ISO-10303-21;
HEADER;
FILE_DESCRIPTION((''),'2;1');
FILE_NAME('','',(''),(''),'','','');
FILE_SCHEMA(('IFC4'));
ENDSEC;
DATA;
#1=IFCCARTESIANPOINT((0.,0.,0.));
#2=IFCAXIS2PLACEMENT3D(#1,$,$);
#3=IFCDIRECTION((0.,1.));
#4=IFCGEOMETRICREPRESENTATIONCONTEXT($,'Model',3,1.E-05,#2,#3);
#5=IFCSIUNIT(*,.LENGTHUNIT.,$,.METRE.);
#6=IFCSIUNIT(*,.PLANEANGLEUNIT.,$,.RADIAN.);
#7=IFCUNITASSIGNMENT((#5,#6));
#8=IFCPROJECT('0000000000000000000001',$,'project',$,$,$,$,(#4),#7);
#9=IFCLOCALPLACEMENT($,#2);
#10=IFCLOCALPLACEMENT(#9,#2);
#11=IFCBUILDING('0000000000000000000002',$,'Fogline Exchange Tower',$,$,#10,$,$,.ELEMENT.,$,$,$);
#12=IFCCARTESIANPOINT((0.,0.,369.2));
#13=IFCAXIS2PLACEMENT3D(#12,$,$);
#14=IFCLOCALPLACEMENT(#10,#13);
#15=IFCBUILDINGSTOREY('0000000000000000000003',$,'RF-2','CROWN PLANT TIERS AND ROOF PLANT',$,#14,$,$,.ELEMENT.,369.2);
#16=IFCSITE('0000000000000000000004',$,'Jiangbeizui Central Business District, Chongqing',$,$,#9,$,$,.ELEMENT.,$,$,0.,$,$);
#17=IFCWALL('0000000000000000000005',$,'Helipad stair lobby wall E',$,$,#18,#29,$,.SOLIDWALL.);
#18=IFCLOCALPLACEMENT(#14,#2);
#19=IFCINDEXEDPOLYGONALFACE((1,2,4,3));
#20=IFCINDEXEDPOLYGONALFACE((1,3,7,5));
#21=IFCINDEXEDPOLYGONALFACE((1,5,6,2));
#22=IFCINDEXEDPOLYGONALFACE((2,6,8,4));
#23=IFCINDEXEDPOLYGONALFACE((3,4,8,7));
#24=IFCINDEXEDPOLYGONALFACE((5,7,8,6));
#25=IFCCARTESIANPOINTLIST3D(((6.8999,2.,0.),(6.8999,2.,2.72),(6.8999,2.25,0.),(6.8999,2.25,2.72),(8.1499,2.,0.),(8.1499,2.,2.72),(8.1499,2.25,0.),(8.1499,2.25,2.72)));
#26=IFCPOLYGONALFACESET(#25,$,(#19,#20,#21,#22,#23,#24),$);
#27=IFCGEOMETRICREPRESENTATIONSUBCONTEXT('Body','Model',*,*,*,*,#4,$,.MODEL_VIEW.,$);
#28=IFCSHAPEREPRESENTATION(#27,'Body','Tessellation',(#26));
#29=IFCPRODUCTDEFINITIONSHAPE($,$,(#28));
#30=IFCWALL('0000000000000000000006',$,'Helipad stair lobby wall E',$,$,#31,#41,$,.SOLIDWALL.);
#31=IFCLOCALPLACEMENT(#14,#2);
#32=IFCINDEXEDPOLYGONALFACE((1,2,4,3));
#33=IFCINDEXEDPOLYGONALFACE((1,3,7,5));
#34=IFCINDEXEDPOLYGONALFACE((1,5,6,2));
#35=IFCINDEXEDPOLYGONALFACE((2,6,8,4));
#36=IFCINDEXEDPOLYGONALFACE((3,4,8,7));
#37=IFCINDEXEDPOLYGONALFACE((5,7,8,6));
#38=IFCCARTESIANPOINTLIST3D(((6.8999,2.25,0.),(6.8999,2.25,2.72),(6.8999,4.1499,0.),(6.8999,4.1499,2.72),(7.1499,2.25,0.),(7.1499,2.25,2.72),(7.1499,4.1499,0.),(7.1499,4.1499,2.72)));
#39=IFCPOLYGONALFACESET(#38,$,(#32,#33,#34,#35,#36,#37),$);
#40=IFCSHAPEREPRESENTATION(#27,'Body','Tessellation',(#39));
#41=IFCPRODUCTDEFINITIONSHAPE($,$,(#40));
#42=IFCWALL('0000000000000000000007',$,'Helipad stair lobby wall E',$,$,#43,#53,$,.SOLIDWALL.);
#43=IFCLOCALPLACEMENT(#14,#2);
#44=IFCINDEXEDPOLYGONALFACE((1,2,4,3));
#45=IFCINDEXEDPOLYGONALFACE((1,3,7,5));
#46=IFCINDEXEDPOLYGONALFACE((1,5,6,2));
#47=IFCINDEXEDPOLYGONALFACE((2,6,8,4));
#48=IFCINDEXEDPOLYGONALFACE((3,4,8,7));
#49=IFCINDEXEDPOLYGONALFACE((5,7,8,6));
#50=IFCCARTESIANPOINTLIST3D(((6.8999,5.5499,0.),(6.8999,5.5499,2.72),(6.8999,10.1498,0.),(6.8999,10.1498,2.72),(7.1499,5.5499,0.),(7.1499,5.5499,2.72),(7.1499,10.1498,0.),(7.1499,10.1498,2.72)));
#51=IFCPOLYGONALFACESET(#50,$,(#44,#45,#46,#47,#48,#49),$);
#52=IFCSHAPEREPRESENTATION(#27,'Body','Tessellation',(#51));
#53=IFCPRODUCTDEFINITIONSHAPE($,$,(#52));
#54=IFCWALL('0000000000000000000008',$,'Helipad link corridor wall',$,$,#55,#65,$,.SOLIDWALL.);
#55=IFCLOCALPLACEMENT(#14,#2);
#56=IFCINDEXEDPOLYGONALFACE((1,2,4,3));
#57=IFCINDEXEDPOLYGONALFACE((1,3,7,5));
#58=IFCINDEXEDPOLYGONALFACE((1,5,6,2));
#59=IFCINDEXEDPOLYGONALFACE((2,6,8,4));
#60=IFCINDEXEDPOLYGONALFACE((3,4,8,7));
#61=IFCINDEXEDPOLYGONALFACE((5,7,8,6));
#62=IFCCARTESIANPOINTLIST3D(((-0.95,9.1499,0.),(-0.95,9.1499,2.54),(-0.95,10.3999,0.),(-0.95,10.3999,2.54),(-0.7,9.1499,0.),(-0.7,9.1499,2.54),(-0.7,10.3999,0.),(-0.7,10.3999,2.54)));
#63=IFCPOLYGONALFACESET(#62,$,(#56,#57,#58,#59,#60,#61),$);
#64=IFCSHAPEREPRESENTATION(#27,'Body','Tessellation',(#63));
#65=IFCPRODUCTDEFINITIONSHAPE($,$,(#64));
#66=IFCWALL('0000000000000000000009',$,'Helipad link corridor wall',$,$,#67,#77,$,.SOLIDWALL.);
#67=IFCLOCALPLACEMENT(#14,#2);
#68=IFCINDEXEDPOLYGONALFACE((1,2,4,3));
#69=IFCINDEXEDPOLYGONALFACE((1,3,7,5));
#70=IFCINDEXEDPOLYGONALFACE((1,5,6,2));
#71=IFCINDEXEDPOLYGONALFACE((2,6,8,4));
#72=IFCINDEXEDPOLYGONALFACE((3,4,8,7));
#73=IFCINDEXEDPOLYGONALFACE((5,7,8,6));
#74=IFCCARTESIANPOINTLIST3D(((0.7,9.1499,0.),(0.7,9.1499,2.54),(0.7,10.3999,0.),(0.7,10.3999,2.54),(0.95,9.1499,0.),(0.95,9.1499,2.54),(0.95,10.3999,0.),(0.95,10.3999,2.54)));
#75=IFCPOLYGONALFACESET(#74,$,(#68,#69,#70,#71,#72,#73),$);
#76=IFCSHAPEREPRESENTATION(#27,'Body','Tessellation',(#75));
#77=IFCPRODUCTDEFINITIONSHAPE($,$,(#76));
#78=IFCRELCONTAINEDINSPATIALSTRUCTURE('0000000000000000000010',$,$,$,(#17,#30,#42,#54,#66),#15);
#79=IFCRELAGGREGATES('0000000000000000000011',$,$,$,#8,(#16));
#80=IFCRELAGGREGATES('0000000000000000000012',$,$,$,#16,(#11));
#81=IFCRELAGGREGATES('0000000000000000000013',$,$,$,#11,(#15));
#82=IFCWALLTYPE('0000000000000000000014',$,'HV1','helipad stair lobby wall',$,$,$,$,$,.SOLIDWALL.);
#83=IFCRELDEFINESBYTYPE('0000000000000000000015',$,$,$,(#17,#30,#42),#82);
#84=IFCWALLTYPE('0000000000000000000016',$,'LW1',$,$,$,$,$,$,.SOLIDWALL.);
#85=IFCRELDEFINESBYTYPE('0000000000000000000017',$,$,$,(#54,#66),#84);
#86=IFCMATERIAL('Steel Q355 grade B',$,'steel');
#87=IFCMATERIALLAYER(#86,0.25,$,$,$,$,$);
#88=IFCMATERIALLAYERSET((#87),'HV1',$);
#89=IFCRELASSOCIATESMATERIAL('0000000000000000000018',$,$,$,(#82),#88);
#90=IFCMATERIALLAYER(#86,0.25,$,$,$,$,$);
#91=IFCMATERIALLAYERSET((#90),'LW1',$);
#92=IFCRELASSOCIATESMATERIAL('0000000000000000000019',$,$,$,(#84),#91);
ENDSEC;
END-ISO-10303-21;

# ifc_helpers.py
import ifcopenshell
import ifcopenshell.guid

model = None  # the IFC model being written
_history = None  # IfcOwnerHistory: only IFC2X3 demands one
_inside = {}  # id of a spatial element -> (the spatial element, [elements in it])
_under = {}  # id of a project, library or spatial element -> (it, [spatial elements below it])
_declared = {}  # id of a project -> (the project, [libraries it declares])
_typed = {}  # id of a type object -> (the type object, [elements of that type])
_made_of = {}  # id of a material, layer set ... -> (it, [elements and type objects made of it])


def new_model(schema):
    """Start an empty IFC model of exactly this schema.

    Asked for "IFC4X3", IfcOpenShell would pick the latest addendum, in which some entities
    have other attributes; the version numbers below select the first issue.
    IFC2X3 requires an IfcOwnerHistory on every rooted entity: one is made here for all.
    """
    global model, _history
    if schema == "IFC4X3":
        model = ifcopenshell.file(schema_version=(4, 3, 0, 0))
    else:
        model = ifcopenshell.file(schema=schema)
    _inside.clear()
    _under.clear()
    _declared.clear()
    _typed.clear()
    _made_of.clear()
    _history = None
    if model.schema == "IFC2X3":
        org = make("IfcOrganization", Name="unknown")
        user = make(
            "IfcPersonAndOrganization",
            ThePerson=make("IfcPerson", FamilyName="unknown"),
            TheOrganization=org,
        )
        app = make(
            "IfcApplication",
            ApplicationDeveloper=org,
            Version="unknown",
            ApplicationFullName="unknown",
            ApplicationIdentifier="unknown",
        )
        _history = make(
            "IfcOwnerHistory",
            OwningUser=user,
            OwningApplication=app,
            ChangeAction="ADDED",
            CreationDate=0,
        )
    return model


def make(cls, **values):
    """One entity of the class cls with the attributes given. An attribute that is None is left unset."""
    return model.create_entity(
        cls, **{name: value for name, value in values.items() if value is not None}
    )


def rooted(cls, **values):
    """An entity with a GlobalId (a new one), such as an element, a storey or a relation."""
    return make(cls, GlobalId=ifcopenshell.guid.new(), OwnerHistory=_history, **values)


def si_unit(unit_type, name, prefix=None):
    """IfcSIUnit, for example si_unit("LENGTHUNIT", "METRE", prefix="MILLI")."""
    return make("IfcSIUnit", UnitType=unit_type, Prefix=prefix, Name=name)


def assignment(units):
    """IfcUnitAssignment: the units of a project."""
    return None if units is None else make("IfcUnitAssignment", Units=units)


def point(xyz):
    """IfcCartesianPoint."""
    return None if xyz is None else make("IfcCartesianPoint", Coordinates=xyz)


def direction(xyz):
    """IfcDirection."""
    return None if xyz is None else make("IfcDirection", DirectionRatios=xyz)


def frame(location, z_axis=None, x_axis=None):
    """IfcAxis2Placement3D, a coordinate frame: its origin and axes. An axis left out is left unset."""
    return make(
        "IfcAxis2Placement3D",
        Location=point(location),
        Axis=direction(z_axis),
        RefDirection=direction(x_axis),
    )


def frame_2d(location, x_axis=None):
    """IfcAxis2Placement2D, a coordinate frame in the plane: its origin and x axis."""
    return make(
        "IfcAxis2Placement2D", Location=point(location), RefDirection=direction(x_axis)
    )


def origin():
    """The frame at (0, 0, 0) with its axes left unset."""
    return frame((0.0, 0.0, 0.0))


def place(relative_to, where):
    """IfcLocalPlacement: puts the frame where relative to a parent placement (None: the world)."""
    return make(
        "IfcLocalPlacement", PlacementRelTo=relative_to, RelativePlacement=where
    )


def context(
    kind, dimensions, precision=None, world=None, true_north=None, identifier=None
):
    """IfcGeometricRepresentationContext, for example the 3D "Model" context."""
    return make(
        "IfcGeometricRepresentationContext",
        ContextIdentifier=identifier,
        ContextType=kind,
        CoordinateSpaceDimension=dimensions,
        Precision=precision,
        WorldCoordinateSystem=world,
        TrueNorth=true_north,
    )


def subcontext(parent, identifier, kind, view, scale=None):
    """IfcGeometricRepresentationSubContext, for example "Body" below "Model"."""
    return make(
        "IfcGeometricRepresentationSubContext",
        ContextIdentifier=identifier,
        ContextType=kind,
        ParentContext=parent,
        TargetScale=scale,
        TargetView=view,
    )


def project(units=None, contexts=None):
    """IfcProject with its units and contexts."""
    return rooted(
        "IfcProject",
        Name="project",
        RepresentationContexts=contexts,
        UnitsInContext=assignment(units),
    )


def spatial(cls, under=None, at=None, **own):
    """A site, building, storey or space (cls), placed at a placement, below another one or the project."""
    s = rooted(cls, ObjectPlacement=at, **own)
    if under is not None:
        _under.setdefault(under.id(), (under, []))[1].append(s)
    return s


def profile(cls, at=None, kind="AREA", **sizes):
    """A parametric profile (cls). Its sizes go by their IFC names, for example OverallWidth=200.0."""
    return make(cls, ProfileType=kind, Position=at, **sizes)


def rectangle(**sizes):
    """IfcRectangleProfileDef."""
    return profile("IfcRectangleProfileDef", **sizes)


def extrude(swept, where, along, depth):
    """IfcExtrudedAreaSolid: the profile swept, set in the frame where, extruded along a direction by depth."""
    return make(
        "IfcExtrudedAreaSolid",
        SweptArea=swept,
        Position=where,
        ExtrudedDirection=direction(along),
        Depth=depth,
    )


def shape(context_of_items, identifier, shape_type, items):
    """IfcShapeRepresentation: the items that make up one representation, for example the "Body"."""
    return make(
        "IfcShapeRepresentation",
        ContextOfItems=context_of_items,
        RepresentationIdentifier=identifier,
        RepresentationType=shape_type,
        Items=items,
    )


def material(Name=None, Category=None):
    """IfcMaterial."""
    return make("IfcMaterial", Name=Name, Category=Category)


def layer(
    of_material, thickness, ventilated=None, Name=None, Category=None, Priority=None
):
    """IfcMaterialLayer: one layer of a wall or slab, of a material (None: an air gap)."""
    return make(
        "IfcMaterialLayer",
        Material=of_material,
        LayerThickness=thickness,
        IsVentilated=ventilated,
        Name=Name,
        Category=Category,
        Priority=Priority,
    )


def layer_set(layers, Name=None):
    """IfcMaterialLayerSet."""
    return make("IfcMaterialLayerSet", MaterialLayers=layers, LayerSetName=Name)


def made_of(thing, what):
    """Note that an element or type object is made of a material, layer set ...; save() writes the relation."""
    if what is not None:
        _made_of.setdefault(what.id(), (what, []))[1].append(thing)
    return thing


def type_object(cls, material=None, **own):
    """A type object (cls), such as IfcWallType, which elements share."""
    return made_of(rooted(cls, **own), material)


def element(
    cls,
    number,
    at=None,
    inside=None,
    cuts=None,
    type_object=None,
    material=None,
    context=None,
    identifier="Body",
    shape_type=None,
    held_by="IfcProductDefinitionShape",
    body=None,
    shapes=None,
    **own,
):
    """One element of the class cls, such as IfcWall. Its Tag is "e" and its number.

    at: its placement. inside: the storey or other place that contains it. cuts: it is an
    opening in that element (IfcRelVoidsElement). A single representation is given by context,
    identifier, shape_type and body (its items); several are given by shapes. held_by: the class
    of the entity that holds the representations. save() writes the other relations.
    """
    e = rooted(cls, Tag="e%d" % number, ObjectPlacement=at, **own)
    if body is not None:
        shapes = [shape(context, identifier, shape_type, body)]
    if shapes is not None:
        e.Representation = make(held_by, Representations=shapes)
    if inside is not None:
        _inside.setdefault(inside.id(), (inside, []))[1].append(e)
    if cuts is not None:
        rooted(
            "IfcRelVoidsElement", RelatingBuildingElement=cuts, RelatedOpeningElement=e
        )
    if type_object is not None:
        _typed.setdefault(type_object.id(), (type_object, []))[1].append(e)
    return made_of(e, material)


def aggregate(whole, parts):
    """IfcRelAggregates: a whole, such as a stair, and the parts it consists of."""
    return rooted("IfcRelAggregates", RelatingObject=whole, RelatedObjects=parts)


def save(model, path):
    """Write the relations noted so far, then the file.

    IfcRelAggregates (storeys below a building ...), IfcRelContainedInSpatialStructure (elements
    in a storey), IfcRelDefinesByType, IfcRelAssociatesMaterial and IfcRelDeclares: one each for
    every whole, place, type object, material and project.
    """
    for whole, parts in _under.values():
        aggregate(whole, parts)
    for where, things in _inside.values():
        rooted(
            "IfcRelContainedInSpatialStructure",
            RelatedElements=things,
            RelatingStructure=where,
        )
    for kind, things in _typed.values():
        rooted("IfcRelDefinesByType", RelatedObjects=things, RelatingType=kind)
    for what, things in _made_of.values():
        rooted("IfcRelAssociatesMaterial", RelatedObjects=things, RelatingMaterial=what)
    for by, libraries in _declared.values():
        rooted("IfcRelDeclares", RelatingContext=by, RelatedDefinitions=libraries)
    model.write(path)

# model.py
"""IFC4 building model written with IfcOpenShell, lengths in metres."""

from ifc_helpers import new_model, si_unit, direction, frame, frame_2d, origin, place, context, subcontext, project, spatial, rectangle, extrude, material, layer, layer_set, type_object, element, save


model = new_model("IFC4")

# Units and contexts
model_context = context("Model", 3, precision=1e-05, world=origin(), true_north=direction((0.0, 1.0)))
body_context = subcontext(model_context, "Body", "Model", "MODEL_VIEW")
ifc_project = project(units=[si_unit("LENGTHUNIT", "METRE"), si_unit("PLANEANGLEUNIT", "RADIAN")], contexts=[model_context])

# Site, building, storey
site_placement = place(None, origin())
site = spatial("IfcSite", under=ifc_project, at=site_placement, Name="Jiangbeizui Central Business District, Chongqing", CompositionType="ELEMENT", RefElevation=0.0)
building_placement = place(site_placement, origin())
building = spatial("IfcBuilding", under=site, at=building_placement, Name="Fogline Exchange Tower", CompositionType="ELEMENT")
storey_placement = place(building_placement, frame((0.0, 0.0, 369.2)))
storey = spatial("IfcBuildingStorey", under=building, at=storey_placement, Name="RF-2", Description="CROWN PLANT TIERS AND ROOF PLANT", CompositionType="ELEMENT", Elevation=369.2)

# Shared definitions
ifc_material_1 = material(Name="Steel Q355 grade B", Category="steel")

# Walls
ifc_layer_1 = layer(ifc_material_1, 0.25)
ifc_layer_set_1 = layer_set([ifc_layer_1], Name="HV1")
wall_type_1 = type_object("IfcWallType", Name="HV1", Description="helipad stair lobby wall", PredefinedType="SOLIDWALL", material=ifc_layer_set_1)
wall_1_placement = place(storey_placement, frame((8.1499, 2.125, 0.0), z_axis=(0.0, 0.0, 1.0), x_axis=(-1.0, 0.0, 0.0)))
element("IfcWall", 1, at=wall_1_placement, inside=storey, type_object=wall_type_1, Name="Helipad stair lobby wall E", PredefinedType="SOLIDWALL", context=body_context, shape_type="SweptSolid", body=[
    extrude(rectangle(XDim=1.25, YDim=0.25, at=frame_2d((0.625, 0.0))), origin(), (0.0, 0.0, 1.0), 2.72),
])
wall_2_placement = place(storey_placement, frame((7.0249, 2.25, 0.0), z_axis=(0.0, 0.0, 1.0), x_axis=(0.0, 1.0, 0.0)))
element("IfcWall", 2, at=wall_2_placement, inside=storey, type_object=wall_type_1, Name="Helipad stair lobby wall E", PredefinedType="SOLIDWALL", context=body_context, shape_type="SweptSolid", body=[
    extrude(rectangle(XDim=1.8999, YDim=0.25, at=frame_2d((0.95, 0.0))), origin(), (0.0, 0.0, 1.0), 2.72),
])
wall_3_placement = place(storey_placement, frame((7.0249, 5.55, 0.0), z_axis=(0.0, 0.0, 1.0), x_axis=(0.0, 1.0, 0.0)))
element("IfcWall", 3, at=wall_3_placement, inside=storey, type_object=wall_type_1, Name="Helipad stair lobby wall E", PredefinedType="SOLIDWALL", context=body_context, shape_type="SweptSolid", body=[
    extrude(rectangle(XDim=4.5999, YDim=0.25, at=frame_2d((2.2998, 0.0))), origin(), (0.0, 0.0, 1.0), 2.72),
])
ifc_layer_2 = layer(ifc_material_1, 0.25)
ifc_layer_set_2 = layer_set([ifc_layer_2], Name="LW1")
wall_type_2 = type_object("IfcWallType", Name="LW1", PredefinedType="SOLIDWALL", material=ifc_layer_set_2)
for number, where, z_axis, x_axis, name in (
    (4, (-0.825, 9.1499, 0.0), (0.0, 0.0, 1.0), (0.0, 1.0, 0.0), "Helipad link corridor wall"),
    (5, (0.825, 9.1499, 0.0), (0.0, 0.0, 1.0), (0.0, 1.0, 0.0), "Helipad link corridor wall"),
):
    element("IfcWall", number, at=place(storey_placement, frame(where, z_axis=z_axis, x_axis=x_axis)), inside=storey, type_object=wall_type_2, Name=name, PredefinedType="SOLIDWALL", context=body_context, shape_type="SweptSolid", body=[
        extrude(rectangle(XDim=1.25, YDim=0.25, at=frame_2d((0.625, 0.0))), origin(), (0.0, 0.0, 1.0), 2.54),
    ])

save(model, "model.ifc")
